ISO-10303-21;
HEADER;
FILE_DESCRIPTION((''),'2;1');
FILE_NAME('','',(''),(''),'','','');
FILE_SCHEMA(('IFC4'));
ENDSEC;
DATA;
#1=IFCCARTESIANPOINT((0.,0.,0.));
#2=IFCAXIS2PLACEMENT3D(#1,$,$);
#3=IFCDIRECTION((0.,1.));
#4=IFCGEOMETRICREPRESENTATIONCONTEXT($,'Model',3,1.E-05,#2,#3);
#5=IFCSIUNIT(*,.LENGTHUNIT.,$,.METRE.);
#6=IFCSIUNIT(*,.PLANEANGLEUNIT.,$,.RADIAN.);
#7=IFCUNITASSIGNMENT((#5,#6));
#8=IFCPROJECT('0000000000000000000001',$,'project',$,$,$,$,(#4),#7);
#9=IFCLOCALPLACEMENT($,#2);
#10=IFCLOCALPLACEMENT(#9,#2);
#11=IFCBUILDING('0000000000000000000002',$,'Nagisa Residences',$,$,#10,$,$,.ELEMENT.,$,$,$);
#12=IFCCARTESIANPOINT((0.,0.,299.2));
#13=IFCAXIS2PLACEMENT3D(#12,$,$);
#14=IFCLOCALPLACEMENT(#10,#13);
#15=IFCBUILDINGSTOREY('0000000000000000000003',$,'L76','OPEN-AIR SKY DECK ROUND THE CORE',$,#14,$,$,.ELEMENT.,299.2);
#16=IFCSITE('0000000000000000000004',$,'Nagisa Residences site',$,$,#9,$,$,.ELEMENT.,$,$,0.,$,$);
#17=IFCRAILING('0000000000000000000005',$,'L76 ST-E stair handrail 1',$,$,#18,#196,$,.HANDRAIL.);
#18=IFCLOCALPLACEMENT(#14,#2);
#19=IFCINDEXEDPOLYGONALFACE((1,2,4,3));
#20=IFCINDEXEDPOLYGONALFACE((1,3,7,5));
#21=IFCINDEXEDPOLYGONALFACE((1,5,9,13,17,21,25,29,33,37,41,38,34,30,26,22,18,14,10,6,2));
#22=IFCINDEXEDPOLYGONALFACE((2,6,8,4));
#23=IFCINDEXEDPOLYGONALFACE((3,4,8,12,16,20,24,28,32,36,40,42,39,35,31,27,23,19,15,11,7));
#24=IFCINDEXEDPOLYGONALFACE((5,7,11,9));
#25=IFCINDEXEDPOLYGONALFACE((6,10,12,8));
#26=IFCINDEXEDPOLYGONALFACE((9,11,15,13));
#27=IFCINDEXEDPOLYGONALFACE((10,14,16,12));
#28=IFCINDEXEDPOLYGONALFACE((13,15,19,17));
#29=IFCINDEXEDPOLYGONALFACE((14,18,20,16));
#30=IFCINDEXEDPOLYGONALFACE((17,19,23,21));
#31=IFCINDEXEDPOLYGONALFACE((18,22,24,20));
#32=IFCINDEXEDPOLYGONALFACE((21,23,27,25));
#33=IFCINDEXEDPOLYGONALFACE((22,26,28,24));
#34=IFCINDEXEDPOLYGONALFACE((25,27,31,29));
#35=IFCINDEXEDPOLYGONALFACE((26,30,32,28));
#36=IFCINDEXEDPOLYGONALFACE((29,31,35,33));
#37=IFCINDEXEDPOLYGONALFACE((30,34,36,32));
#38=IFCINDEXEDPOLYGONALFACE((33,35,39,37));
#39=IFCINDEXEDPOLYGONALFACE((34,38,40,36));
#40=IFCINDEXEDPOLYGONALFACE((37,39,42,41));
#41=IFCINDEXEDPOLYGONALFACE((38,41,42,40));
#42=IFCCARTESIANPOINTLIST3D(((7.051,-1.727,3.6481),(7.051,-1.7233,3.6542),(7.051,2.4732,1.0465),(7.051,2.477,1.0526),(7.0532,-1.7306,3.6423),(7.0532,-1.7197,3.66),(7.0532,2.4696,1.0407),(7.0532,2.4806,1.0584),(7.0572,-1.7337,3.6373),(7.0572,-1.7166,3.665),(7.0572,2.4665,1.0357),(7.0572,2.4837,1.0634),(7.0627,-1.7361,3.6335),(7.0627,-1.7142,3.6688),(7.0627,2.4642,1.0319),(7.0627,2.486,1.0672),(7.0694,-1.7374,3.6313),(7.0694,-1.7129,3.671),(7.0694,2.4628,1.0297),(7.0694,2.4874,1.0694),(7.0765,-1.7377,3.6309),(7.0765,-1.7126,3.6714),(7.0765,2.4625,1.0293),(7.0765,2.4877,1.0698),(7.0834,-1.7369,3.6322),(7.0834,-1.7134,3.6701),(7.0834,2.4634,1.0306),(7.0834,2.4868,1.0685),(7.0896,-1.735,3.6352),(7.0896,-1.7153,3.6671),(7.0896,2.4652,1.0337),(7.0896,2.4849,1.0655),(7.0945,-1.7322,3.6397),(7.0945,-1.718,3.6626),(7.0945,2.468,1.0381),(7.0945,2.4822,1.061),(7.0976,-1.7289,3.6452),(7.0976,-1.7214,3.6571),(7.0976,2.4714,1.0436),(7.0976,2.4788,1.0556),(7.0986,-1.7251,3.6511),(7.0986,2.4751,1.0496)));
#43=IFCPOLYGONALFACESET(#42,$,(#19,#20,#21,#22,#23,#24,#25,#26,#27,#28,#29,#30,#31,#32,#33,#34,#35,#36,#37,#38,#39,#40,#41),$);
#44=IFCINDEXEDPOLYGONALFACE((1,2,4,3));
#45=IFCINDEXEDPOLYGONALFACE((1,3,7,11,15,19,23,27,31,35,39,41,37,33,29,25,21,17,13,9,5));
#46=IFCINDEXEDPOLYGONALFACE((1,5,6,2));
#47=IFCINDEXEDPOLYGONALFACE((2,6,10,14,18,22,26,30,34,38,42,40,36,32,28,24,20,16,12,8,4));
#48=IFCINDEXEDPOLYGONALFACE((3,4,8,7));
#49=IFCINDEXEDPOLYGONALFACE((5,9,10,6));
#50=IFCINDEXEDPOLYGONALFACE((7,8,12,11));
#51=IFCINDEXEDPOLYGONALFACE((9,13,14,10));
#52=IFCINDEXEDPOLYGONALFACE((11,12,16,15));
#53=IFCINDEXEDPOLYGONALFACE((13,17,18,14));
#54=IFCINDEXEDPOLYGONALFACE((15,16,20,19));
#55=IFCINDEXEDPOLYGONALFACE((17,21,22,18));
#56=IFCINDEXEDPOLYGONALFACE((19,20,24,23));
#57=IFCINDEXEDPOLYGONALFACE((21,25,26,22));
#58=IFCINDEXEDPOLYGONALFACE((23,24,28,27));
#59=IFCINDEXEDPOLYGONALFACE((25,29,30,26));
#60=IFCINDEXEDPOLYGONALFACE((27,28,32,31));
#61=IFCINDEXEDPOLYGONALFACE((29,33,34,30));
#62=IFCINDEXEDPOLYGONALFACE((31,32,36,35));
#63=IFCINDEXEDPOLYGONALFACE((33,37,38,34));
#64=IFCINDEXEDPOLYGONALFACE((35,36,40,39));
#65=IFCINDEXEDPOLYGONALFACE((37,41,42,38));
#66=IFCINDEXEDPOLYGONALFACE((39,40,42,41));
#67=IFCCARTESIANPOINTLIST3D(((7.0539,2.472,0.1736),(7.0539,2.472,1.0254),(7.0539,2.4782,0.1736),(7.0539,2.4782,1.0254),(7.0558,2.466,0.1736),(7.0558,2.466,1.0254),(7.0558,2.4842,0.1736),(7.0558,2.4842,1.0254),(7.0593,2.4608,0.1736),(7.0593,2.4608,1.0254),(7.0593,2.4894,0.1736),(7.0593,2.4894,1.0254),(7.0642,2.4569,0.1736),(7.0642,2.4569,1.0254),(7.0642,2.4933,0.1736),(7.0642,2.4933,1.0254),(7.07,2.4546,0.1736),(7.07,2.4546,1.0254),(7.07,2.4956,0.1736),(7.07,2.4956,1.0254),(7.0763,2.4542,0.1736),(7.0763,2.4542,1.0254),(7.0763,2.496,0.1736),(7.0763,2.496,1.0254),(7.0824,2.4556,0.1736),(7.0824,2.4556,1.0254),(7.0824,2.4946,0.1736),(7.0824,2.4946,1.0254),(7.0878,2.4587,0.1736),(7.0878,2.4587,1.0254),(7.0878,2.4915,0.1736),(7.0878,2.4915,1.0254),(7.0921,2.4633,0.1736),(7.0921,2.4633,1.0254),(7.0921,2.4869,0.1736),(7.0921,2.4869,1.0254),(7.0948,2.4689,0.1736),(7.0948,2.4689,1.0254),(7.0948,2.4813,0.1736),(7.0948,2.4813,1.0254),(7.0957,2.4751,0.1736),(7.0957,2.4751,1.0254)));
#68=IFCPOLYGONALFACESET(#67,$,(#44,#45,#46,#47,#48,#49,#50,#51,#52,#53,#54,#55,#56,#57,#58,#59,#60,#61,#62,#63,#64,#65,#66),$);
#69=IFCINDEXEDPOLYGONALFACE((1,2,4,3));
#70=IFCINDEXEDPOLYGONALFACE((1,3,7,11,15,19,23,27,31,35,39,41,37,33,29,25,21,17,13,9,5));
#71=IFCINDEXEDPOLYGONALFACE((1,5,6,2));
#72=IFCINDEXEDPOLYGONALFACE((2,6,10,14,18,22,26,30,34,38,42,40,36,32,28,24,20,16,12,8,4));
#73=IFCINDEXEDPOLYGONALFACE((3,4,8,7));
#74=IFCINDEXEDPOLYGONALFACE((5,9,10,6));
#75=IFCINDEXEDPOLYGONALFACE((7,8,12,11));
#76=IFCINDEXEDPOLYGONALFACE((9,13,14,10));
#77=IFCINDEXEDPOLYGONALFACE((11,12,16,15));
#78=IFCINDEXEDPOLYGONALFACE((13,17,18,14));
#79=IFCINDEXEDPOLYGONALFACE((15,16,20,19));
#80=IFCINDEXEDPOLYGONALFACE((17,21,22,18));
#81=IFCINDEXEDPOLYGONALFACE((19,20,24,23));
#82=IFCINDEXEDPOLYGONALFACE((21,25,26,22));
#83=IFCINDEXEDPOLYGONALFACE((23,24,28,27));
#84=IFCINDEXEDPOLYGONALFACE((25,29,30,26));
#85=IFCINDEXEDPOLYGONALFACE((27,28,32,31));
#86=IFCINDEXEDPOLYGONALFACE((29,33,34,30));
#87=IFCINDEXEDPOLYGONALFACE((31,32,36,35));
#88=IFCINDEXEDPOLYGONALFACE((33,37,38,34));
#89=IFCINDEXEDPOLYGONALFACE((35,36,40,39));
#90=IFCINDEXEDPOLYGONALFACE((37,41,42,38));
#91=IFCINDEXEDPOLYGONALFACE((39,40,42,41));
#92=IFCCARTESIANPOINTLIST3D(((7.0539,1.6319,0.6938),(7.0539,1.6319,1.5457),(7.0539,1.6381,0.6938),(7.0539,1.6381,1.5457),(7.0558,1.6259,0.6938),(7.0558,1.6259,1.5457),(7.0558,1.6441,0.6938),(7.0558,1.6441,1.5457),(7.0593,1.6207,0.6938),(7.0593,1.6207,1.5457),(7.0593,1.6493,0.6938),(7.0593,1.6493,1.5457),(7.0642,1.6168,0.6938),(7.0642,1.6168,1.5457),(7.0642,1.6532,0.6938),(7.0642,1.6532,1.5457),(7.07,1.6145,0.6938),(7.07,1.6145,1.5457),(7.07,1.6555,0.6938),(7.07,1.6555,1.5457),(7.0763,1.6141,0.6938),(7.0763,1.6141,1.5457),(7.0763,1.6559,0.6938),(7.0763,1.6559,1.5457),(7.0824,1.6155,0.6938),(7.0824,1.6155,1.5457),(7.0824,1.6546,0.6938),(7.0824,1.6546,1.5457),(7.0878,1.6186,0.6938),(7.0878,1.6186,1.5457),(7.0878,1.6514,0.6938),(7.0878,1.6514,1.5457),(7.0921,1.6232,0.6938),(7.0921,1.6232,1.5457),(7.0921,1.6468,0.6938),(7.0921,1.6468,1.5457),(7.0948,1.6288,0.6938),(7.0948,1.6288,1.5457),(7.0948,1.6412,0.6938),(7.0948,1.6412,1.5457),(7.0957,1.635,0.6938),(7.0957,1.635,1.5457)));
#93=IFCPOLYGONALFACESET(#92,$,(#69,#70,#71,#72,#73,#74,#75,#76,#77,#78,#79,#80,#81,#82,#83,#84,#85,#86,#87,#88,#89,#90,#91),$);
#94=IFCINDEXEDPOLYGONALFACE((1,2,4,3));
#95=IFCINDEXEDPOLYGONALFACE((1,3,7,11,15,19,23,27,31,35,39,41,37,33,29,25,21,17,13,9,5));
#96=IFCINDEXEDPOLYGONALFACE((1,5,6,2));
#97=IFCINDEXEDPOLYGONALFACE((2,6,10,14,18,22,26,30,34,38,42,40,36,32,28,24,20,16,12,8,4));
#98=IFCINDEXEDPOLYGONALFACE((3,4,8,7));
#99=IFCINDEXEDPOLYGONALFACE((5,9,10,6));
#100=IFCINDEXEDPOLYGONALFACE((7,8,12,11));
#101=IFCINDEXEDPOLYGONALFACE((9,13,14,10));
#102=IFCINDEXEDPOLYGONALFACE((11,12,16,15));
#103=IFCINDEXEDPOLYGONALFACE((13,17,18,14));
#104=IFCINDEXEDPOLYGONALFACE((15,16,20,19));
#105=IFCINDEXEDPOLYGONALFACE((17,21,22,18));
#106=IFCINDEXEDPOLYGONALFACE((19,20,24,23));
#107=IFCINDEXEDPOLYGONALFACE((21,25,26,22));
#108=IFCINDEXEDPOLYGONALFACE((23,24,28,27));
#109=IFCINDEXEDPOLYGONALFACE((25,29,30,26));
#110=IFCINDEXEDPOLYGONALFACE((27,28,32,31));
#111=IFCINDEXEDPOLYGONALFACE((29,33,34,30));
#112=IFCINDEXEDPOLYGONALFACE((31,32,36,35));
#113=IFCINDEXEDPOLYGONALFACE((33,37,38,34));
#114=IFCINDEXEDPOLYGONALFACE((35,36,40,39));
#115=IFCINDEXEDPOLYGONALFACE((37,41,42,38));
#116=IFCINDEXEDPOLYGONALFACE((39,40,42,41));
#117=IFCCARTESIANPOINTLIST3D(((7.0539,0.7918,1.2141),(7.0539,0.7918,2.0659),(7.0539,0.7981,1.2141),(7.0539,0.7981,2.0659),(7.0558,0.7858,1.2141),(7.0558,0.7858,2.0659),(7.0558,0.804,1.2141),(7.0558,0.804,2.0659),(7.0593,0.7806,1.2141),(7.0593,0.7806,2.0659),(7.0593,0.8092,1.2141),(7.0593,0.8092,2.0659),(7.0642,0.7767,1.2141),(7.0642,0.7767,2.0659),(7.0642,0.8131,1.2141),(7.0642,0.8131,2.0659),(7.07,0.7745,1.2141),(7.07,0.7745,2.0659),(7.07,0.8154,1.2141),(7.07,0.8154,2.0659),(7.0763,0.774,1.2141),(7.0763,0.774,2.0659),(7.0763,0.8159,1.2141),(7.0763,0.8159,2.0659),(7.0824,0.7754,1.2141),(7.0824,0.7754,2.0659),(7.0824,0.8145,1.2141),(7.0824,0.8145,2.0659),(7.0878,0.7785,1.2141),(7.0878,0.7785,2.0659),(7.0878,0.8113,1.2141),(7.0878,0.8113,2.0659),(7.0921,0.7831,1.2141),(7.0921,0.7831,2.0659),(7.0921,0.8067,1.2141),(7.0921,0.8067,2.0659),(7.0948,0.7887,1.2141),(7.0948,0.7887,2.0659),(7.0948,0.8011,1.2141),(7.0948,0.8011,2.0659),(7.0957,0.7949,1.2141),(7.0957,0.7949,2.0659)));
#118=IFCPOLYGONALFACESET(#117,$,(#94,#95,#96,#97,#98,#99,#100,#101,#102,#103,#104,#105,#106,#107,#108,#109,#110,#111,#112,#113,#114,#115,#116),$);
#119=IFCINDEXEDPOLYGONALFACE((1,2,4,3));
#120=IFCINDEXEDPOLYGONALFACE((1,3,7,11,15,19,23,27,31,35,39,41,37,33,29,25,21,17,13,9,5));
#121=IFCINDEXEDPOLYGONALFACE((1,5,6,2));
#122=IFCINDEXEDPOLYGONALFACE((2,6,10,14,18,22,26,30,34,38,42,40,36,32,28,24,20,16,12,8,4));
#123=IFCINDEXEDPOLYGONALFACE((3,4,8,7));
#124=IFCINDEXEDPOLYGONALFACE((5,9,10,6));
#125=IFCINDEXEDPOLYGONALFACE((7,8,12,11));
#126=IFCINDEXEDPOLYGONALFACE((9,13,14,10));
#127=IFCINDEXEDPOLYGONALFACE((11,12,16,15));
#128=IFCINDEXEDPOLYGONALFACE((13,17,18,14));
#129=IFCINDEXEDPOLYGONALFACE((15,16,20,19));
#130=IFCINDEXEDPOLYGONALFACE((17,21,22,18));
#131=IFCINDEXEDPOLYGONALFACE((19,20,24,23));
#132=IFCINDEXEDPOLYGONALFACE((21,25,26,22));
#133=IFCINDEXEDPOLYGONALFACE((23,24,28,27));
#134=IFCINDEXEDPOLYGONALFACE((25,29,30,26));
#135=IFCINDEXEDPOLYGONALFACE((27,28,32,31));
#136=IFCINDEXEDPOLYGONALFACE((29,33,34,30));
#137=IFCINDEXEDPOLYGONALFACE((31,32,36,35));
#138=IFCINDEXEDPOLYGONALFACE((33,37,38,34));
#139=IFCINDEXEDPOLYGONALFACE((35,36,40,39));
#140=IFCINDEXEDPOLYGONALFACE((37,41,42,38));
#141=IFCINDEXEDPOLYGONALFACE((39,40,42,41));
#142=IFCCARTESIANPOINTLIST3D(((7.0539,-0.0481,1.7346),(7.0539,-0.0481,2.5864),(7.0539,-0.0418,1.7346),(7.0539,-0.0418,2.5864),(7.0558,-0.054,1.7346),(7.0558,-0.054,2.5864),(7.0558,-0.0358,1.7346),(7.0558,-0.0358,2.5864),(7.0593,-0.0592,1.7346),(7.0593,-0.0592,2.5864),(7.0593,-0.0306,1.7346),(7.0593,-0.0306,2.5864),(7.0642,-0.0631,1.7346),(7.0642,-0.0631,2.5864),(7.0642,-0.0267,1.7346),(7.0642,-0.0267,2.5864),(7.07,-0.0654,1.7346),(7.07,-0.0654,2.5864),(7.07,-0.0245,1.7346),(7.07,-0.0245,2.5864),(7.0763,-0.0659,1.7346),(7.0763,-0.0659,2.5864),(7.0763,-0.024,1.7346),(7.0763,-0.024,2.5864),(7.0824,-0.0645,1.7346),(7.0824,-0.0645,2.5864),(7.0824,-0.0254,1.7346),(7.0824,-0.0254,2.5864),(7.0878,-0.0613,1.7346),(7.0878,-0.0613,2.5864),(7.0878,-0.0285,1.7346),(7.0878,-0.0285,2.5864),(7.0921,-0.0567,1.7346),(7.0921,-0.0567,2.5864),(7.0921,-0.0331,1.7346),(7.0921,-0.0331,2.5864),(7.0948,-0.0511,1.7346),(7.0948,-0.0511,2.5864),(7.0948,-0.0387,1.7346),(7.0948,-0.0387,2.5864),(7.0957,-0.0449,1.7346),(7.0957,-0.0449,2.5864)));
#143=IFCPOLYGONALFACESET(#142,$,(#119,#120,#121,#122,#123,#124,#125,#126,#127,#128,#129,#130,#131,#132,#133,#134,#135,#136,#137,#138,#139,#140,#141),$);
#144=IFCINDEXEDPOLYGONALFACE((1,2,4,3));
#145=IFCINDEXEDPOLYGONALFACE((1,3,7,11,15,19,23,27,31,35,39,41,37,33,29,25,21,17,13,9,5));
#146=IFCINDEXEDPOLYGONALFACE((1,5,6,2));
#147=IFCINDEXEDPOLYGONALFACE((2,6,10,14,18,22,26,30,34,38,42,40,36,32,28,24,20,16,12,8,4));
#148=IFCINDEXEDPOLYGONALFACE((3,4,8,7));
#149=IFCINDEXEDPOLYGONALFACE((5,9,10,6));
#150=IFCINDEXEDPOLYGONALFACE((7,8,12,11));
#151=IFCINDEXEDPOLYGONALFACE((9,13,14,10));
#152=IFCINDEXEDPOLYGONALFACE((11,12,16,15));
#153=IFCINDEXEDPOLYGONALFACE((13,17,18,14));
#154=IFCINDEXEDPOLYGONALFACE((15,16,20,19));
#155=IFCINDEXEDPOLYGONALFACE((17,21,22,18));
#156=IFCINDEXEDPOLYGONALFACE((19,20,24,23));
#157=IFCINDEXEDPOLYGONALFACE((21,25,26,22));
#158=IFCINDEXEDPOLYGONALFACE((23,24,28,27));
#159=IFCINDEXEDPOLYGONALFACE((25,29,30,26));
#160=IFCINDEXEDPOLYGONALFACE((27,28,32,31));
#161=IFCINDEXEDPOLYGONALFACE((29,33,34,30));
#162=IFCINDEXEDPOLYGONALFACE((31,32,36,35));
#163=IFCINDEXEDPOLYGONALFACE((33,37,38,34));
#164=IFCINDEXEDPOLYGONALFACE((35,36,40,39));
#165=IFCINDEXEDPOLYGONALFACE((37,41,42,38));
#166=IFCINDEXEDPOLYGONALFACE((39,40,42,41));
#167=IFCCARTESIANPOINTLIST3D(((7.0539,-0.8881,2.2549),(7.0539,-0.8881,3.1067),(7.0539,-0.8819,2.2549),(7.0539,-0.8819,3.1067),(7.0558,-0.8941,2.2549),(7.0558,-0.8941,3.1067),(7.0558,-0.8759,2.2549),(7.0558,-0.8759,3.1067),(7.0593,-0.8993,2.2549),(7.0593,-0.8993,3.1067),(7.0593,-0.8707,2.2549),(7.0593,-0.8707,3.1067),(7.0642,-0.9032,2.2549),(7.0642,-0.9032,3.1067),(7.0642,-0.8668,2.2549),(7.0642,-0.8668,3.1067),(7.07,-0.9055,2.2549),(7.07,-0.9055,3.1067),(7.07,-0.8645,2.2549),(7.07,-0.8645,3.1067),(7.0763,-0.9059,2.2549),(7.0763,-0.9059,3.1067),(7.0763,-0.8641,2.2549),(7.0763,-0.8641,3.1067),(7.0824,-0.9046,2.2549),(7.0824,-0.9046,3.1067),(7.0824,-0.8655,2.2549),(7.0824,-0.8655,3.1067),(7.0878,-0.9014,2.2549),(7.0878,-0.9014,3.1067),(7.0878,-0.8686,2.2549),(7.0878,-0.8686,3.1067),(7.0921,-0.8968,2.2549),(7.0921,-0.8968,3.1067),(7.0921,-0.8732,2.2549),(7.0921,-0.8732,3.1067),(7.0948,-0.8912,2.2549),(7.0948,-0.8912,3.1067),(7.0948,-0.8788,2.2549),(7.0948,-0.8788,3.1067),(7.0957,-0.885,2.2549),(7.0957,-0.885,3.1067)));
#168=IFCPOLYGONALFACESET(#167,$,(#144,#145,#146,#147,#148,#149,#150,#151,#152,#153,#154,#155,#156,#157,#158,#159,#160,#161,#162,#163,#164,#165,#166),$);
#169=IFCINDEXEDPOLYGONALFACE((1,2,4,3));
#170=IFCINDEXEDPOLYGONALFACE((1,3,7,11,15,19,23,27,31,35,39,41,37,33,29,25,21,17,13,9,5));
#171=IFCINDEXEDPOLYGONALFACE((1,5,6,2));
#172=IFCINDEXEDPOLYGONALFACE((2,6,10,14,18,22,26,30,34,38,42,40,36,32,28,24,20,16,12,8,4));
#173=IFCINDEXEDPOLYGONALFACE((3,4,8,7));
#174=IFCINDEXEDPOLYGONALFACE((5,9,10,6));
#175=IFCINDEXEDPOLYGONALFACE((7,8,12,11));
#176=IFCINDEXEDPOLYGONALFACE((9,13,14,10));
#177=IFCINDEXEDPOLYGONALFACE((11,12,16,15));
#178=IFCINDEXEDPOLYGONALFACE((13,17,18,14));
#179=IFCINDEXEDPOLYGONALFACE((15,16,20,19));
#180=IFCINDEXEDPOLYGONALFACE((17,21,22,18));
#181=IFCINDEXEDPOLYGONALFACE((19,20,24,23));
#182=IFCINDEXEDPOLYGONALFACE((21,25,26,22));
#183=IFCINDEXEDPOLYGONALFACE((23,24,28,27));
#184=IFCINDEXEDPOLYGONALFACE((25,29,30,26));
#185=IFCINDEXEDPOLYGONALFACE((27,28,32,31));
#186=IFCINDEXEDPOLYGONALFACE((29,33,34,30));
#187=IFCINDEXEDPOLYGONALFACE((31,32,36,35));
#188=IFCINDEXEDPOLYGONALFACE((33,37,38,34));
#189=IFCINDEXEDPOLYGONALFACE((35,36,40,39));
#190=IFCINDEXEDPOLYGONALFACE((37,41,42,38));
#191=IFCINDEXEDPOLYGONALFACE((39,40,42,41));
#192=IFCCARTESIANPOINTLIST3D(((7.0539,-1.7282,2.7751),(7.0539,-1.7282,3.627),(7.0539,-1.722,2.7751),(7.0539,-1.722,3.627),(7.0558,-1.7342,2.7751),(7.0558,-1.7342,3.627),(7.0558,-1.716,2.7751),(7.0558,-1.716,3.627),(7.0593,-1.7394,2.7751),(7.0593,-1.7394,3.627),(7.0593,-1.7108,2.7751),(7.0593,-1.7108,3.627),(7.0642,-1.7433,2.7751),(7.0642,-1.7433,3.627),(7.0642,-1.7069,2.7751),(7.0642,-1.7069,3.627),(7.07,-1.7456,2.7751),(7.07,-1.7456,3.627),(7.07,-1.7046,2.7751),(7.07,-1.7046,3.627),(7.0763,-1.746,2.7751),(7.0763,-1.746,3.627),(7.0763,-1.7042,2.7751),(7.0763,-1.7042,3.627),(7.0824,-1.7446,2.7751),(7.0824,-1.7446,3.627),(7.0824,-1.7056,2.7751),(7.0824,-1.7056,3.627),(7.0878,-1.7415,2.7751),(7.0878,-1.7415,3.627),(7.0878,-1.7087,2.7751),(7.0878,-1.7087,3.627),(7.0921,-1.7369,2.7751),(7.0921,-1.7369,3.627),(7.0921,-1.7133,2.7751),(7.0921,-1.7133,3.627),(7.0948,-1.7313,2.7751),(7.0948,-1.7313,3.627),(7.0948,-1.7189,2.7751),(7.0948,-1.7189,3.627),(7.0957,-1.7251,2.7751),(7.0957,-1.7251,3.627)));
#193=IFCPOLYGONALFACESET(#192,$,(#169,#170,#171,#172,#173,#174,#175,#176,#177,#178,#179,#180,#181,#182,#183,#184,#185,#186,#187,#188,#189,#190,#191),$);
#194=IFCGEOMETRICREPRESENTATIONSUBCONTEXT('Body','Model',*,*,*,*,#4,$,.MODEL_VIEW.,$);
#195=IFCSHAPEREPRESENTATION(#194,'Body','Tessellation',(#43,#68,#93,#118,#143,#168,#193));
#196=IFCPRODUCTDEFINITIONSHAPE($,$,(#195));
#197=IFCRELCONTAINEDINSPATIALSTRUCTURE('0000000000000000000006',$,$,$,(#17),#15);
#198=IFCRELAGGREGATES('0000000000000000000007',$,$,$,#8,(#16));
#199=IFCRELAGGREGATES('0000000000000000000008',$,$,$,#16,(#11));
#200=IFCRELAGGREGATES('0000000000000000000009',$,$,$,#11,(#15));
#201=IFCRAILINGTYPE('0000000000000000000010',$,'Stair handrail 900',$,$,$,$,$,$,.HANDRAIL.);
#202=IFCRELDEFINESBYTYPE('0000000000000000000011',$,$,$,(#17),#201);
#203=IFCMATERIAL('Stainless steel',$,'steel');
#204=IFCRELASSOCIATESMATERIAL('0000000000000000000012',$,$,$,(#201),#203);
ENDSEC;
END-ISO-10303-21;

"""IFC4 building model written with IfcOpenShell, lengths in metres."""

from ifc_helpers import new_model, si_unit, direction, frame, origin, origin_2d, place, context, subcontext, project, spatial, circle, extrude, material, type_object, element, save


model = new_model("IFC4")

# Units and contexts
model_context = context("Model", 3, precision=1e-05, world=origin(), true_north=direction((0.0, 1.0)))
body_context = subcontext(model_context, "Body", "Model", "MODEL_VIEW")
ifc_project = project(units=[si_unit("LENGTHUNIT", "METRE"), si_unit("PLANEANGLEUNIT", "RADIAN")], contexts=[model_context])

# Site, building, storey
site_placement = place(None, origin())
site = spatial("IfcSite", under=ifc_project, at=site_placement, Name="Nagisa Residences site", CompositionType="ELEMENT", RefElevation=0.0)
building_placement = place(site_placement, origin())
building = spatial("IfcBuilding", under=site, at=building_placement, Name="Nagisa Residences", CompositionType="ELEMENT")
storey_placement = place(building_placement, frame((0.0, 0.0, 299.2)))
storey = spatial("IfcBuildingStorey", under=building, at=storey_placement, Name="L76", Description="OPEN-AIR SKY DECK ROUND THE CORE", CompositionType="ELEMENT", Elevation=299.2)

# Railing
ifc_material_1 = material(Name="Stainless steel", Category="steel")
railing_type_1 = type_object("IfcRailingType", Name="Stair handrail 900", PredefinedType="HANDRAIL", material=ifc_material_1)
for number, where, name in (
    (1, (7.0747, 2.4751, 0.1736), "L76 ST-E stair handrail 1"),
):
    element("IfcRailing", number, at=place(storey_placement, frame(where)), inside=storey, type_object=railing_type_1, Name=name, PredefinedType="HANDRAIL", context=body_context, shape_type="SweptSolid", body=[
        extrude(circle(Radius=0.0239, at=origin_2d()), frame((0.0, 0.0, 0.876), z_axis=(0.0, -0.850135, 0.526566), x_axis=(1.0, 0.0, 0.0)), (0.0, 0.0, 1.0), 4.9407),
        extrude(circle(Radius=0.021, at=origin_2d()), origin(), (0.0, 0.0, 1.0), 0.8518),
        extrude(circle(Radius=0.021, at=origin_2d()), frame((0.0, -0.8401, 0.5203)), (0.0, 0.0, 1.0), 0.8518),
        extrude(circle(Radius=0.021, at=origin_2d()), frame((0.0, -1.6802, 1.0405)), (0.0, 0.0, 1.0), 0.8518),
        extrude(circle(Radius=0.021, at=origin_2d()), frame((0.0, -2.52, 1.561)), (0.0, 0.0, 1.0), 0.8518),
        extrude(circle(Radius=0.021, at=origin_2d()), frame((0.0, -3.3601, 2.0813)), (0.0, 0.0, 1.0), 0.8518),
        extrude(circle(Radius=0.021, at=origin_2d()), frame((0.0, -4.2002, 2.6016)), (0.0, 0.0, 1.0), 0.8518),
    ])

save(model, "model.ifc")
